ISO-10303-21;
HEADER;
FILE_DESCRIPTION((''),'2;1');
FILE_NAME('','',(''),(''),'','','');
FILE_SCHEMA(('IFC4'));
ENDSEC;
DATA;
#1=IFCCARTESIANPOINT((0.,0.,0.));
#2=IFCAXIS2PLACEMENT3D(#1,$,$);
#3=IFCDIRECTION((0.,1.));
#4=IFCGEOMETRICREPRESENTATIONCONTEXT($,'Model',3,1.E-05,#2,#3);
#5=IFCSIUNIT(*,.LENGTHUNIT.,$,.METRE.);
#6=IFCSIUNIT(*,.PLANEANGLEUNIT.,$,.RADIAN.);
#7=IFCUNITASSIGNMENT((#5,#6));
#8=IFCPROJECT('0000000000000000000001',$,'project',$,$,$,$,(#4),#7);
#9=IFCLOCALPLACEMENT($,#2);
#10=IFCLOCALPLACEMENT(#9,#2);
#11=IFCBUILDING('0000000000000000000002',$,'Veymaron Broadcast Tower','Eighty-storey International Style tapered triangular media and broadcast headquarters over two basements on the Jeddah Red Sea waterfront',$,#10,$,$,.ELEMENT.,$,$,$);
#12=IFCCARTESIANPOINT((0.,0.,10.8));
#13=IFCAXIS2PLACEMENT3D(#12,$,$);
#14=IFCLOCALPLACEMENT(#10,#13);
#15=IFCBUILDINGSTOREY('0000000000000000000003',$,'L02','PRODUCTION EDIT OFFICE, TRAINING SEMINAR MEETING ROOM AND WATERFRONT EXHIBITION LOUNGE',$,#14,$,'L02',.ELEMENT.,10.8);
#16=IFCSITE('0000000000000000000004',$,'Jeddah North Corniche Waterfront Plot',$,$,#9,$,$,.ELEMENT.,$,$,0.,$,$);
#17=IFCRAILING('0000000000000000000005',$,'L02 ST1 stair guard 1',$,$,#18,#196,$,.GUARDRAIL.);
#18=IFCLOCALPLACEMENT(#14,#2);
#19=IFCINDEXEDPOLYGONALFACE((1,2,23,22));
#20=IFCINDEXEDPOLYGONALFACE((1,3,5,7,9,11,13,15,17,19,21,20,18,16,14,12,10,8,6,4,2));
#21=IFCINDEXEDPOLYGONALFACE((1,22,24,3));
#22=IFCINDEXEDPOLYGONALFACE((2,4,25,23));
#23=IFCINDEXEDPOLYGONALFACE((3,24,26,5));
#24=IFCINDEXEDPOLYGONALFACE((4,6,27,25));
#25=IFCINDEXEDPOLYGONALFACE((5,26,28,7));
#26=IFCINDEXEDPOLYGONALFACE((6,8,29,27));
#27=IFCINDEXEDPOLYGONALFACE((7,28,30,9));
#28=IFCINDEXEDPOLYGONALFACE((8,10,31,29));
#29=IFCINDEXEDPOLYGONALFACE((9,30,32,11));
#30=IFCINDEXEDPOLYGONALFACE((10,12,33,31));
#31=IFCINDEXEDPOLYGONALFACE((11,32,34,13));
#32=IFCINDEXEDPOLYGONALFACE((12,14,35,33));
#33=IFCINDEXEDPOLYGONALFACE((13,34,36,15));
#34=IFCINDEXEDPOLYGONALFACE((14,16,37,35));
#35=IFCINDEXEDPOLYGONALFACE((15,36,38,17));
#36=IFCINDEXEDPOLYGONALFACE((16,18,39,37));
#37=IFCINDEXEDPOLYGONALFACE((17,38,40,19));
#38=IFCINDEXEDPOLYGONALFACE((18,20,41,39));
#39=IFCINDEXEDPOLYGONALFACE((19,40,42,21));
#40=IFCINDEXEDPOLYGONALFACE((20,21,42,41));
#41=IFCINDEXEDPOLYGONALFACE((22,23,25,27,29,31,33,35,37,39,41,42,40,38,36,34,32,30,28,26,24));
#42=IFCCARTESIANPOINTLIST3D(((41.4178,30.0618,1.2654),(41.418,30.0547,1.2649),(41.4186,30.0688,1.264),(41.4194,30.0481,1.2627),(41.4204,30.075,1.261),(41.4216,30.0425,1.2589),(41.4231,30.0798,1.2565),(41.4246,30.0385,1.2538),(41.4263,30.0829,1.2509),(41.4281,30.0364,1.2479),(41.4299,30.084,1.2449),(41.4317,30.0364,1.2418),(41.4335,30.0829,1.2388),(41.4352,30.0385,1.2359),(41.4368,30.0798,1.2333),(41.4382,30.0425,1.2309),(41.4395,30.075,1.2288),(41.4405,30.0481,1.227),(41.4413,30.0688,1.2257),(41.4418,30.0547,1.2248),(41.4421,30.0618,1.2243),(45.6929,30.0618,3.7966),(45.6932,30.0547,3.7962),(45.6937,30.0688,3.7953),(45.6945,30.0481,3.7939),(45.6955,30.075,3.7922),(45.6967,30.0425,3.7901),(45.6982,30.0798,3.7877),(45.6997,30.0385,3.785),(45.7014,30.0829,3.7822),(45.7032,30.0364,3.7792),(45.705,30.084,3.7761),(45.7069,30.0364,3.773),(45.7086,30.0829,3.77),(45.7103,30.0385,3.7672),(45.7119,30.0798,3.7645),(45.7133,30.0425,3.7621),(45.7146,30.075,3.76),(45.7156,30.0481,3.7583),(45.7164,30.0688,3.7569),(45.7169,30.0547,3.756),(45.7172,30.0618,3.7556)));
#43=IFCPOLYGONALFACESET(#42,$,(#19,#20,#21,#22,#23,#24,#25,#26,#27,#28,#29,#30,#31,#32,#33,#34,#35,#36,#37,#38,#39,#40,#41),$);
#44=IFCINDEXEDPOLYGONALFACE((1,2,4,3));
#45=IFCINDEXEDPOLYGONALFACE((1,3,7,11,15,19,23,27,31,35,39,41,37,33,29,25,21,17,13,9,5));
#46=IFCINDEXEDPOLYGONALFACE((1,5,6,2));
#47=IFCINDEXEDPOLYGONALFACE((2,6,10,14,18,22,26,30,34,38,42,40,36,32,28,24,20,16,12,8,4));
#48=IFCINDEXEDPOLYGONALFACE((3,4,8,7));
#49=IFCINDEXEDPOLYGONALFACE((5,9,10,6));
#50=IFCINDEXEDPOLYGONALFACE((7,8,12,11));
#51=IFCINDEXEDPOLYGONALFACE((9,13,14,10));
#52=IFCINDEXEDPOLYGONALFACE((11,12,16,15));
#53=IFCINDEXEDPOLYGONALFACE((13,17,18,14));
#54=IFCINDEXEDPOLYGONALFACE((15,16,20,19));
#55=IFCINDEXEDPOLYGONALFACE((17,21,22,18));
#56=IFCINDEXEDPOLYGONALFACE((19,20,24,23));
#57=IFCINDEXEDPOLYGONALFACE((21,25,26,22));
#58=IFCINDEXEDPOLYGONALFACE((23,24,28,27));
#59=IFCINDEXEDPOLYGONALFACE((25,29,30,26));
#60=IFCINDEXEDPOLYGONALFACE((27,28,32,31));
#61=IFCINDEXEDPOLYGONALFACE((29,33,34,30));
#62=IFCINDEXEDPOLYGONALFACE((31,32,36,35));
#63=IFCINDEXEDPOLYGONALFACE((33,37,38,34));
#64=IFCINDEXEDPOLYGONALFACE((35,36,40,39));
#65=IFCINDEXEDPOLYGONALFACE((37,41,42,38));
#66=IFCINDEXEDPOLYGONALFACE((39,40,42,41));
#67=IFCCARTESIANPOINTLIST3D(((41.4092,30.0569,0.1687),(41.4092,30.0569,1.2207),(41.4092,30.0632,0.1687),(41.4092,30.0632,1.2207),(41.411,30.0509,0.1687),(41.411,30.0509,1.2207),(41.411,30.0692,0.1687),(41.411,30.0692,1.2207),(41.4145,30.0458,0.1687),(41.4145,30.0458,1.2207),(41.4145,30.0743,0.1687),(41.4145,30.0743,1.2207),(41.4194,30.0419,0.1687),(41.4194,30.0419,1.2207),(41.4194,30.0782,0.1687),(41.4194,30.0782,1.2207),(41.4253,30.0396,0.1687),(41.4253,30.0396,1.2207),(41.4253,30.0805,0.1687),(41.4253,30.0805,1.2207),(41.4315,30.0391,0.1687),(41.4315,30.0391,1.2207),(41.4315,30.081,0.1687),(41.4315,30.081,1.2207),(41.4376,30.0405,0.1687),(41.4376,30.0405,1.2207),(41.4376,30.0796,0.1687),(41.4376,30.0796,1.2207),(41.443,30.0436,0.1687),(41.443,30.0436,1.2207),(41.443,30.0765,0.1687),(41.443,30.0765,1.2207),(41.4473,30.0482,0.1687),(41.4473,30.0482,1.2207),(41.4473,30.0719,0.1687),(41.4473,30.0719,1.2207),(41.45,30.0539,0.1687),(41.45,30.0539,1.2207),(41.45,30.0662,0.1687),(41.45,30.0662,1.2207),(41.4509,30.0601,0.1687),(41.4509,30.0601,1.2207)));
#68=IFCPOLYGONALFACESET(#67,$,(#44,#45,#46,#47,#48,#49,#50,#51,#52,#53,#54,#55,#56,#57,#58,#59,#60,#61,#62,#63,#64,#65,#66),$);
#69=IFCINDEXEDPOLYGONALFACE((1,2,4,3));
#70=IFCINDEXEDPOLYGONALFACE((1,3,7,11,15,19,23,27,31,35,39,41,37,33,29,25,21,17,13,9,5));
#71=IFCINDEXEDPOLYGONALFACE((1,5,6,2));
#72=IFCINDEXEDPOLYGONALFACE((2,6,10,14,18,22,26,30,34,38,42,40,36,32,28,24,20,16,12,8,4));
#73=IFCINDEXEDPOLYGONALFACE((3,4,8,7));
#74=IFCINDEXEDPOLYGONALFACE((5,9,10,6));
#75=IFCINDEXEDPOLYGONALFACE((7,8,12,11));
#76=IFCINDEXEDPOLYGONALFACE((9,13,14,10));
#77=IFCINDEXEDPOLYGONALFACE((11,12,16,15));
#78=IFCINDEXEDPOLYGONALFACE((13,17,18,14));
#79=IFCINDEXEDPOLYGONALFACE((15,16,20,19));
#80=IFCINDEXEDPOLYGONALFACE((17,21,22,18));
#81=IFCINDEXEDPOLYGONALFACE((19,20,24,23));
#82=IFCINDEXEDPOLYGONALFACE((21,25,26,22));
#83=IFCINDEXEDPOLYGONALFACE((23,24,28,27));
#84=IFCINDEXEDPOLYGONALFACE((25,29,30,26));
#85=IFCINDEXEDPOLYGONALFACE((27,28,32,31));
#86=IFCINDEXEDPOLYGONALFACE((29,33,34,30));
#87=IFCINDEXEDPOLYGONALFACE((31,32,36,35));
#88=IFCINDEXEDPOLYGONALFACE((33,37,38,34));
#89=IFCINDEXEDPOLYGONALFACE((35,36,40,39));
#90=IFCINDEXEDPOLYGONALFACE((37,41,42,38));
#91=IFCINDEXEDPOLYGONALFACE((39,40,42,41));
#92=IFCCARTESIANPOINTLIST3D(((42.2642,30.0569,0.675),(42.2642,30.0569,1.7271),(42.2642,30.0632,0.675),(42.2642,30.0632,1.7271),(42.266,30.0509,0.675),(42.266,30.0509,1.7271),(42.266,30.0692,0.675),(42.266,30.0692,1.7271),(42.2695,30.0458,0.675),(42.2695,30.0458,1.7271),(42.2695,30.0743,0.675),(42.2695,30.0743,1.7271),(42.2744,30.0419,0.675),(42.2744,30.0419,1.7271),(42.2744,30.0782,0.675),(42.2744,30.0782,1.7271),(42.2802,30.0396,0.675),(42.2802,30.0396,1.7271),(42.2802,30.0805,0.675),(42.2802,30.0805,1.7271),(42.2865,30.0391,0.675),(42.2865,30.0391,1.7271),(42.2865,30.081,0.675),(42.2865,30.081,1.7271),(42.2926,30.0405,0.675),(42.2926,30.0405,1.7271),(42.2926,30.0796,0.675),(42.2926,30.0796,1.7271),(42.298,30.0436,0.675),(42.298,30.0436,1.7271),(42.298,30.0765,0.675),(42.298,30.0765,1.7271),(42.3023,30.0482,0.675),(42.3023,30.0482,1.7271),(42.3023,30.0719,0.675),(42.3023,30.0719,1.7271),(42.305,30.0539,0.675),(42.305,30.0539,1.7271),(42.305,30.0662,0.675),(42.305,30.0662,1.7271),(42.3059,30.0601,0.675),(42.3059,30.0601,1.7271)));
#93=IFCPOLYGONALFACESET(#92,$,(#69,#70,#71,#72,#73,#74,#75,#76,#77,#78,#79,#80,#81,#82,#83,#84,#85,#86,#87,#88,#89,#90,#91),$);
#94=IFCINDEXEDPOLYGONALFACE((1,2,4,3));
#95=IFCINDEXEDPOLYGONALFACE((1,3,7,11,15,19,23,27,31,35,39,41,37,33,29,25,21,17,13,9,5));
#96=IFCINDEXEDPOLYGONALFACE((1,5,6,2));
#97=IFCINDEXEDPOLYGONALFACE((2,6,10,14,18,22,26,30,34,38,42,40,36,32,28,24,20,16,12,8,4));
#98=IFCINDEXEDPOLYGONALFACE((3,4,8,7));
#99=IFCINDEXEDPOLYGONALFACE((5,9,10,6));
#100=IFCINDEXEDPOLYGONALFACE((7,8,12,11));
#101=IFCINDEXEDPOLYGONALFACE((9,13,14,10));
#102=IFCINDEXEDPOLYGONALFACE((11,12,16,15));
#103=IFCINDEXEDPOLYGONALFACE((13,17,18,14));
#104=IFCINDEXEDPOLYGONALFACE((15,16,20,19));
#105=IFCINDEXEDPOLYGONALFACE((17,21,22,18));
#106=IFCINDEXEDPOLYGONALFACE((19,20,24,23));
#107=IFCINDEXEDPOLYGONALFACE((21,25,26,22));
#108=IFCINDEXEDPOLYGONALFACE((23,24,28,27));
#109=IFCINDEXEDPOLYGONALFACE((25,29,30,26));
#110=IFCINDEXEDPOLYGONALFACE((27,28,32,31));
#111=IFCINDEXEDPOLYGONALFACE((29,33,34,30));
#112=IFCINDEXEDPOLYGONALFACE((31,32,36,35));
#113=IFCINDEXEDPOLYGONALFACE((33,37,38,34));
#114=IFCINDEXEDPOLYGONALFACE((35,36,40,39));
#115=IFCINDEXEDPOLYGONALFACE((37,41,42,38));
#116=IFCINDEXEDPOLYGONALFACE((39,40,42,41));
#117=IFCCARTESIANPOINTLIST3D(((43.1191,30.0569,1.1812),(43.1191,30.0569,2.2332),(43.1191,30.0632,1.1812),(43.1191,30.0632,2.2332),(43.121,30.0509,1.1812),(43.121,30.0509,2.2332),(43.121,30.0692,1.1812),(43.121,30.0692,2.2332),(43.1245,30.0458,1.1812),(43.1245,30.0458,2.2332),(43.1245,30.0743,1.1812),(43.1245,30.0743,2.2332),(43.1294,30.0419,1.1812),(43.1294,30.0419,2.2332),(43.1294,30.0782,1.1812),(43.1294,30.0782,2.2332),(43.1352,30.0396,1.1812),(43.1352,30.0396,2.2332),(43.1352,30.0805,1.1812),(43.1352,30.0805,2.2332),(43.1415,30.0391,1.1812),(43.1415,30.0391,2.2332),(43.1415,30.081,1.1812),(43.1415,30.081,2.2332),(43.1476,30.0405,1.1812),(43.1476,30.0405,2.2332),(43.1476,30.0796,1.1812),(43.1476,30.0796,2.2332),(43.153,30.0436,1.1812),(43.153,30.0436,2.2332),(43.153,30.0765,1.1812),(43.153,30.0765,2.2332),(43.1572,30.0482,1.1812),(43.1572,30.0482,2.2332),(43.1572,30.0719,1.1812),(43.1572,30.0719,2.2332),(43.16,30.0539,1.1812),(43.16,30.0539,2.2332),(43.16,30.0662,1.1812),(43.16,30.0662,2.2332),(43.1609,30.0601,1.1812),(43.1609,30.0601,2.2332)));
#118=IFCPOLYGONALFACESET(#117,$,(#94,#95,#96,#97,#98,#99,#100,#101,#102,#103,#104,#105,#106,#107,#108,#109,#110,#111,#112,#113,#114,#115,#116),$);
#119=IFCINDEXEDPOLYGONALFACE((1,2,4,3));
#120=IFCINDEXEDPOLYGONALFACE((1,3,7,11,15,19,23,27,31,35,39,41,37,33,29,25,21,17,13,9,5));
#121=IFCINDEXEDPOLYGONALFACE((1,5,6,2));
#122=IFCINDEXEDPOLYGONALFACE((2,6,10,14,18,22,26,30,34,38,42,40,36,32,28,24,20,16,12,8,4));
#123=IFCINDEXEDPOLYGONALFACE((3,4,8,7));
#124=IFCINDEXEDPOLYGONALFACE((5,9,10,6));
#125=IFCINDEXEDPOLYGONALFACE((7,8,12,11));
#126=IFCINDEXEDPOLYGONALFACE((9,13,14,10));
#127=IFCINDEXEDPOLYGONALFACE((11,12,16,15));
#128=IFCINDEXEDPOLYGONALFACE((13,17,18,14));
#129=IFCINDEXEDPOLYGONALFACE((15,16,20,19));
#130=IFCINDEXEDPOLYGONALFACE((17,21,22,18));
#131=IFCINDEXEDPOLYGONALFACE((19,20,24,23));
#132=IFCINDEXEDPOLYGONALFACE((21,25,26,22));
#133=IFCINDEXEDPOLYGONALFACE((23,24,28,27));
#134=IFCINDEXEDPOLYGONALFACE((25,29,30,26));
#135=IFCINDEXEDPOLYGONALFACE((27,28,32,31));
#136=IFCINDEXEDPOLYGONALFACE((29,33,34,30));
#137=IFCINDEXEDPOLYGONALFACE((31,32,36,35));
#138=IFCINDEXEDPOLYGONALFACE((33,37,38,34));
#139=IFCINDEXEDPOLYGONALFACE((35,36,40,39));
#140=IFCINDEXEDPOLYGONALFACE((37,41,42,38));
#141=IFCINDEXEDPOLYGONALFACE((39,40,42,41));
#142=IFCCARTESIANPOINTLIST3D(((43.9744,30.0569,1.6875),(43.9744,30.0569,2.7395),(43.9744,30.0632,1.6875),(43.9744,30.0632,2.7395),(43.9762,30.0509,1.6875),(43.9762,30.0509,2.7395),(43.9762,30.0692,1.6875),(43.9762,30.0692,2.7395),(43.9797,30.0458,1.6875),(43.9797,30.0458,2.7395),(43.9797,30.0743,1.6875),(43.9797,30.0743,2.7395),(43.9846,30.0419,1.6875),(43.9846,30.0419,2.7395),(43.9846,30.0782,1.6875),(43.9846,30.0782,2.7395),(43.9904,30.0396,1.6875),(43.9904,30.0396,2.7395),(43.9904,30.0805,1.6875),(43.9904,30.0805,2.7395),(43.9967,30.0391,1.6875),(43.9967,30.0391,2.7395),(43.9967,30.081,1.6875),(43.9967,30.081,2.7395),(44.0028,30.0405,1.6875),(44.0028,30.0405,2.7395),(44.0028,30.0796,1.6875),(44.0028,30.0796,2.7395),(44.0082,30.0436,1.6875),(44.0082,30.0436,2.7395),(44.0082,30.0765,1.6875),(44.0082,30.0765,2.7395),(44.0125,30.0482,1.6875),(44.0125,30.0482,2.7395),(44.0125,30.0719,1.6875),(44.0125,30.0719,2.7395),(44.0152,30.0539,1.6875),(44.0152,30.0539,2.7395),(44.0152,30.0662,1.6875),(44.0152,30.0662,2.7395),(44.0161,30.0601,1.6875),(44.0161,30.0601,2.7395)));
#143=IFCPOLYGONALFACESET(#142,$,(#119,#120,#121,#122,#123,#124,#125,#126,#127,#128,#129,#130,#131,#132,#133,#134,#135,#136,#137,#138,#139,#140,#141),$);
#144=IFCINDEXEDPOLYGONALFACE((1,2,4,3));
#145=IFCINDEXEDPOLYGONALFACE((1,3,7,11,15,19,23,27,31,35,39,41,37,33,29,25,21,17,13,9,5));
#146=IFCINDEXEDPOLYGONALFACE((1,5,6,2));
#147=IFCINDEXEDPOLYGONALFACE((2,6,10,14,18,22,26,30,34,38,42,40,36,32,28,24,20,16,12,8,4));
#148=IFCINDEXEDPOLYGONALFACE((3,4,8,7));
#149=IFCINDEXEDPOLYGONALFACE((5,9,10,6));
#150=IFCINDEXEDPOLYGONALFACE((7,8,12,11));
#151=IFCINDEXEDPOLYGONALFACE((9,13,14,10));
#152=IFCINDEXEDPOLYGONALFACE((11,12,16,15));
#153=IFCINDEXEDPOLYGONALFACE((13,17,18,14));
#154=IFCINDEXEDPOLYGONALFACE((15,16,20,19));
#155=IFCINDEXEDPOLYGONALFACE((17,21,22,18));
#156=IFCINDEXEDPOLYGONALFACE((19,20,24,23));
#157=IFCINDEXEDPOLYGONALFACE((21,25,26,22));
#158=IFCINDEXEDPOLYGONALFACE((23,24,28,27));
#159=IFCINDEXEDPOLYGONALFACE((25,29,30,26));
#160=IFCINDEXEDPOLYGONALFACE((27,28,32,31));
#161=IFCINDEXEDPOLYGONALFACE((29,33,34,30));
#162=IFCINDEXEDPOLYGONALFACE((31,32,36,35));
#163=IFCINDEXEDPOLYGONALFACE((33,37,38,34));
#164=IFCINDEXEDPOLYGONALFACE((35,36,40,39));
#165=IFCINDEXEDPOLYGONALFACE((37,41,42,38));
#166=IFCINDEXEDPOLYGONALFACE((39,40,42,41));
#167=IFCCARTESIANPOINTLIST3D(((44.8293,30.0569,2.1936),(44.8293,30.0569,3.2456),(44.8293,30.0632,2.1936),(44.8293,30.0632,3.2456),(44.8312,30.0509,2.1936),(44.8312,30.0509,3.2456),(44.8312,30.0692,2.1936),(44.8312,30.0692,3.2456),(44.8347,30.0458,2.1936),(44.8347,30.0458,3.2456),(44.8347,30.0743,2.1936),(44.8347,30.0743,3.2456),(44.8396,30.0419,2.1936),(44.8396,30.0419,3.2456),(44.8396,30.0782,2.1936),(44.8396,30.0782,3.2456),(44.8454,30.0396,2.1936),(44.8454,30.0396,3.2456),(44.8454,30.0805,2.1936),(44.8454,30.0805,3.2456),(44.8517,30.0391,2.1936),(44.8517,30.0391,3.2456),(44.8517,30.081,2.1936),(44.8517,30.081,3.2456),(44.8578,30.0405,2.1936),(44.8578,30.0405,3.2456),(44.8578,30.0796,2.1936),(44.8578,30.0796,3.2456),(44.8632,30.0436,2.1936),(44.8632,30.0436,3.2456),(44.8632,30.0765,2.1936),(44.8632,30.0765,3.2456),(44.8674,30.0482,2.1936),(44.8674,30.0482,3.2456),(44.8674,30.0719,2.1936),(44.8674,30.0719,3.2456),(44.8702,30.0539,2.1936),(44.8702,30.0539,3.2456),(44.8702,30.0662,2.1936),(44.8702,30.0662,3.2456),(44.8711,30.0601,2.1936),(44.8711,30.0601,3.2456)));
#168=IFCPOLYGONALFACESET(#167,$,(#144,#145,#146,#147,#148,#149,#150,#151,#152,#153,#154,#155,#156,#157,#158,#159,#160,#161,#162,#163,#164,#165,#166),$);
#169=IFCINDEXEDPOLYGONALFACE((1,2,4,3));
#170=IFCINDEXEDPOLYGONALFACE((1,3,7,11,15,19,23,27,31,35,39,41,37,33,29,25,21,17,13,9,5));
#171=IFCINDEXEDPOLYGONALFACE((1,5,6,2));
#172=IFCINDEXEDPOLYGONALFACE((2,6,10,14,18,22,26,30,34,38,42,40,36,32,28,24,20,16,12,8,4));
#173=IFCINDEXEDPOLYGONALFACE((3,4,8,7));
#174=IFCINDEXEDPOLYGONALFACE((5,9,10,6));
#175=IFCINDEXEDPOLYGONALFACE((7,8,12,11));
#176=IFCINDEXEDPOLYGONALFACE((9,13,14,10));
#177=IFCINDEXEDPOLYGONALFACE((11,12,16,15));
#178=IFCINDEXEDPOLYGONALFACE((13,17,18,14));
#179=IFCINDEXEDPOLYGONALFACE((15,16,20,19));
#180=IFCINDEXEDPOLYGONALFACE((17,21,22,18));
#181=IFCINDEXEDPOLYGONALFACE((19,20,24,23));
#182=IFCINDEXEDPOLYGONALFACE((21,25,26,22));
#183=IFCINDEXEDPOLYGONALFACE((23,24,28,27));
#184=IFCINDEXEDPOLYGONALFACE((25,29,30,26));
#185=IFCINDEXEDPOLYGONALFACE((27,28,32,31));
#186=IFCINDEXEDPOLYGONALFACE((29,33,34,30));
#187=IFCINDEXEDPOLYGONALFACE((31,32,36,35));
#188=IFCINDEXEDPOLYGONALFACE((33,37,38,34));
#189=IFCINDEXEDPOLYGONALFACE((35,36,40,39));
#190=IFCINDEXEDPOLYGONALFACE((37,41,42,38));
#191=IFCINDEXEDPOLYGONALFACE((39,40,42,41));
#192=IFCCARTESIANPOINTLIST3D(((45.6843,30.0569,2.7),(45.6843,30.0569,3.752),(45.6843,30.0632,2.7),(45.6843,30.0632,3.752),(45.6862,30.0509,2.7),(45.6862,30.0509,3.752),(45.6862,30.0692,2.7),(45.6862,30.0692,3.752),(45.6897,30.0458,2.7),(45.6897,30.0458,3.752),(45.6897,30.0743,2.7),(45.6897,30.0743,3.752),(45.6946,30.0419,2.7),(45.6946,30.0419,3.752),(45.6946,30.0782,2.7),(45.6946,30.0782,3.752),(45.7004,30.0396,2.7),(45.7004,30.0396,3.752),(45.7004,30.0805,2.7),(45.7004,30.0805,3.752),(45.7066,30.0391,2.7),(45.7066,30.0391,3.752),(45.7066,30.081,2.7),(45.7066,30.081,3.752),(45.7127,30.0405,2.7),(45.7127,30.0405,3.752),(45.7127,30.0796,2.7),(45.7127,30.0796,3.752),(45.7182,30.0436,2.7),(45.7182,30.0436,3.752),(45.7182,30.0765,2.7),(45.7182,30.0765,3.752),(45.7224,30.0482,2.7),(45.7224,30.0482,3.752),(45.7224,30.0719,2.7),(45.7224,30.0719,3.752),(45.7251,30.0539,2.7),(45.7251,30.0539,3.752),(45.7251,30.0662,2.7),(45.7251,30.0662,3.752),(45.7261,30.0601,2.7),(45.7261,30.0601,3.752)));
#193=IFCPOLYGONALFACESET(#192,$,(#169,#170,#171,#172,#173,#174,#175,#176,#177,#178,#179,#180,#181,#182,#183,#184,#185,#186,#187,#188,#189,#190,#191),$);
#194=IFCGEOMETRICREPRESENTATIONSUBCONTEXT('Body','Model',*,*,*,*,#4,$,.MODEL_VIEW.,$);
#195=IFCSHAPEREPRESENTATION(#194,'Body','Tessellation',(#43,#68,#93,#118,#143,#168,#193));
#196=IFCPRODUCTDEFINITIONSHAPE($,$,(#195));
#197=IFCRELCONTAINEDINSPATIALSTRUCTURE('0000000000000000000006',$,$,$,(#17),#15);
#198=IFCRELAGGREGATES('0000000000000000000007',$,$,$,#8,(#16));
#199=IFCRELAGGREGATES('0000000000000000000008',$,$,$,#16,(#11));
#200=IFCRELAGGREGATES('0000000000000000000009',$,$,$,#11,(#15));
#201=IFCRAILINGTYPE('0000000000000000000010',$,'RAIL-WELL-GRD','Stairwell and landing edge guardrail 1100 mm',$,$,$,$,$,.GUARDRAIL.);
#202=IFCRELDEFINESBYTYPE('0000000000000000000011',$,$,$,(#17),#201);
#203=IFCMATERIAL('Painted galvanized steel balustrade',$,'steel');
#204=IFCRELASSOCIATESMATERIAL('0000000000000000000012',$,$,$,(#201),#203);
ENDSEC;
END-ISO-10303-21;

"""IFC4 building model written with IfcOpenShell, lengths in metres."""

from ifc_helpers import new_model, si_unit, direction, frame, origin, origin_2d, place, context, subcontext, project, spatial, circle, extrude, material, type_object, element, save


model = new_model("IFC4")

# Units and contexts
model_context = context("Model", 3, precision=1e-05, world=origin(), true_north=direction((0.0, 1.0)))
body_context = subcontext(model_context, "Body", "Model", "MODEL_VIEW")
ifc_project = project(units=[si_unit("LENGTHUNIT", "METRE"), si_unit("PLANEANGLEUNIT", "RADIAN")], contexts=[model_context])

# Site, building, storey
site_placement = place(None, origin())
site = spatial("IfcSite", under=ifc_project, at=site_placement, Name="Jeddah North Corniche Waterfront Plot", CompositionType="ELEMENT", RefElevation=0.0)
building_placement = place(site_placement, origin())
building = spatial("IfcBuilding", under=site, at=building_placement, Name="Veymaron Broadcast Tower", Description="Eighty-storey International Style tapered triangular media and broadcast headquarters over two basements on the Jeddah Red Sea waterfront", CompositionType="ELEMENT")
storey_placement = place(building_placement, frame((0.0, 0.0, 10.8)))
storey = spatial("IfcBuildingStorey", under=building, at=storey_placement, Name="L02", Description="PRODUCTION EDIT OFFICE, TRAINING SEMINAR MEETING ROOM AND WATERFRONT EXHIBITION LOUNGE", LongName="L02", CompositionType="ELEMENT", Elevation=10.8)

# Railing
ifc_material_1 = material(Name="Painted galvanized steel balustrade", Category="steel")
railing_type_1 = type_object("IfcRailingType", Name="RAIL-WELL-GRD", Description="Stairwell and landing edge guardrail 1100 mm", PredefinedType="GUARDRAIL", material=ifc_material_1)
railing_1_placement = place(storey_placement, frame((41.4299, 30.0601, 0.1687)))
element("IfcRailing", 1, at=railing_1_placement, inside=storey, type_object=railing_type_1, Name="L02 ST1 stair guard 1", PredefinedType="GUARDRAIL", context=body_context, shape_type="SweptSolid", body=[
    extrude(circle(Radius=0.0239, at=origin_2d()), frame((0.0, 0.0, 1.0762), z_axis=(0.860483, 0.0, 0.509479), x_axis=(0.0, 1.0, 0.0)), (0.0, 0.0, 1.0), 4.9683),
    extrude(circle(Radius=0.021, at=origin_2d()), origin(), (0.0, 0.0, 1.0), 1.052),
    extrude(circle(Radius=0.021, at=origin_2d()), frame((0.855, 0.0, 0.5063)), (0.0, 0.0, 1.0), 1.052),
    extrude(circle(Radius=0.021, at=origin_2d()), frame((1.71, 0.0, 1.0125)), (0.0, 0.0, 1.0), 1.052),
    extrude(circle(Radius=0.021, at=origin_2d()), frame((2.5652, 0.0, 1.5188)), (0.0, 0.0, 1.0), 1.052),
    extrude(circle(Radius=0.021, at=origin_2d()), frame((3.4202, 0.0, 2.0249)), (0.0, 0.0, 1.0), 1.052),
    extrude(circle(Radius=0.021, at=origin_2d()), frame((4.2751, 0.0, 2.5312)), (0.0, 0.0, 1.0), 1.052),
])

save(model, "model.ifc")
